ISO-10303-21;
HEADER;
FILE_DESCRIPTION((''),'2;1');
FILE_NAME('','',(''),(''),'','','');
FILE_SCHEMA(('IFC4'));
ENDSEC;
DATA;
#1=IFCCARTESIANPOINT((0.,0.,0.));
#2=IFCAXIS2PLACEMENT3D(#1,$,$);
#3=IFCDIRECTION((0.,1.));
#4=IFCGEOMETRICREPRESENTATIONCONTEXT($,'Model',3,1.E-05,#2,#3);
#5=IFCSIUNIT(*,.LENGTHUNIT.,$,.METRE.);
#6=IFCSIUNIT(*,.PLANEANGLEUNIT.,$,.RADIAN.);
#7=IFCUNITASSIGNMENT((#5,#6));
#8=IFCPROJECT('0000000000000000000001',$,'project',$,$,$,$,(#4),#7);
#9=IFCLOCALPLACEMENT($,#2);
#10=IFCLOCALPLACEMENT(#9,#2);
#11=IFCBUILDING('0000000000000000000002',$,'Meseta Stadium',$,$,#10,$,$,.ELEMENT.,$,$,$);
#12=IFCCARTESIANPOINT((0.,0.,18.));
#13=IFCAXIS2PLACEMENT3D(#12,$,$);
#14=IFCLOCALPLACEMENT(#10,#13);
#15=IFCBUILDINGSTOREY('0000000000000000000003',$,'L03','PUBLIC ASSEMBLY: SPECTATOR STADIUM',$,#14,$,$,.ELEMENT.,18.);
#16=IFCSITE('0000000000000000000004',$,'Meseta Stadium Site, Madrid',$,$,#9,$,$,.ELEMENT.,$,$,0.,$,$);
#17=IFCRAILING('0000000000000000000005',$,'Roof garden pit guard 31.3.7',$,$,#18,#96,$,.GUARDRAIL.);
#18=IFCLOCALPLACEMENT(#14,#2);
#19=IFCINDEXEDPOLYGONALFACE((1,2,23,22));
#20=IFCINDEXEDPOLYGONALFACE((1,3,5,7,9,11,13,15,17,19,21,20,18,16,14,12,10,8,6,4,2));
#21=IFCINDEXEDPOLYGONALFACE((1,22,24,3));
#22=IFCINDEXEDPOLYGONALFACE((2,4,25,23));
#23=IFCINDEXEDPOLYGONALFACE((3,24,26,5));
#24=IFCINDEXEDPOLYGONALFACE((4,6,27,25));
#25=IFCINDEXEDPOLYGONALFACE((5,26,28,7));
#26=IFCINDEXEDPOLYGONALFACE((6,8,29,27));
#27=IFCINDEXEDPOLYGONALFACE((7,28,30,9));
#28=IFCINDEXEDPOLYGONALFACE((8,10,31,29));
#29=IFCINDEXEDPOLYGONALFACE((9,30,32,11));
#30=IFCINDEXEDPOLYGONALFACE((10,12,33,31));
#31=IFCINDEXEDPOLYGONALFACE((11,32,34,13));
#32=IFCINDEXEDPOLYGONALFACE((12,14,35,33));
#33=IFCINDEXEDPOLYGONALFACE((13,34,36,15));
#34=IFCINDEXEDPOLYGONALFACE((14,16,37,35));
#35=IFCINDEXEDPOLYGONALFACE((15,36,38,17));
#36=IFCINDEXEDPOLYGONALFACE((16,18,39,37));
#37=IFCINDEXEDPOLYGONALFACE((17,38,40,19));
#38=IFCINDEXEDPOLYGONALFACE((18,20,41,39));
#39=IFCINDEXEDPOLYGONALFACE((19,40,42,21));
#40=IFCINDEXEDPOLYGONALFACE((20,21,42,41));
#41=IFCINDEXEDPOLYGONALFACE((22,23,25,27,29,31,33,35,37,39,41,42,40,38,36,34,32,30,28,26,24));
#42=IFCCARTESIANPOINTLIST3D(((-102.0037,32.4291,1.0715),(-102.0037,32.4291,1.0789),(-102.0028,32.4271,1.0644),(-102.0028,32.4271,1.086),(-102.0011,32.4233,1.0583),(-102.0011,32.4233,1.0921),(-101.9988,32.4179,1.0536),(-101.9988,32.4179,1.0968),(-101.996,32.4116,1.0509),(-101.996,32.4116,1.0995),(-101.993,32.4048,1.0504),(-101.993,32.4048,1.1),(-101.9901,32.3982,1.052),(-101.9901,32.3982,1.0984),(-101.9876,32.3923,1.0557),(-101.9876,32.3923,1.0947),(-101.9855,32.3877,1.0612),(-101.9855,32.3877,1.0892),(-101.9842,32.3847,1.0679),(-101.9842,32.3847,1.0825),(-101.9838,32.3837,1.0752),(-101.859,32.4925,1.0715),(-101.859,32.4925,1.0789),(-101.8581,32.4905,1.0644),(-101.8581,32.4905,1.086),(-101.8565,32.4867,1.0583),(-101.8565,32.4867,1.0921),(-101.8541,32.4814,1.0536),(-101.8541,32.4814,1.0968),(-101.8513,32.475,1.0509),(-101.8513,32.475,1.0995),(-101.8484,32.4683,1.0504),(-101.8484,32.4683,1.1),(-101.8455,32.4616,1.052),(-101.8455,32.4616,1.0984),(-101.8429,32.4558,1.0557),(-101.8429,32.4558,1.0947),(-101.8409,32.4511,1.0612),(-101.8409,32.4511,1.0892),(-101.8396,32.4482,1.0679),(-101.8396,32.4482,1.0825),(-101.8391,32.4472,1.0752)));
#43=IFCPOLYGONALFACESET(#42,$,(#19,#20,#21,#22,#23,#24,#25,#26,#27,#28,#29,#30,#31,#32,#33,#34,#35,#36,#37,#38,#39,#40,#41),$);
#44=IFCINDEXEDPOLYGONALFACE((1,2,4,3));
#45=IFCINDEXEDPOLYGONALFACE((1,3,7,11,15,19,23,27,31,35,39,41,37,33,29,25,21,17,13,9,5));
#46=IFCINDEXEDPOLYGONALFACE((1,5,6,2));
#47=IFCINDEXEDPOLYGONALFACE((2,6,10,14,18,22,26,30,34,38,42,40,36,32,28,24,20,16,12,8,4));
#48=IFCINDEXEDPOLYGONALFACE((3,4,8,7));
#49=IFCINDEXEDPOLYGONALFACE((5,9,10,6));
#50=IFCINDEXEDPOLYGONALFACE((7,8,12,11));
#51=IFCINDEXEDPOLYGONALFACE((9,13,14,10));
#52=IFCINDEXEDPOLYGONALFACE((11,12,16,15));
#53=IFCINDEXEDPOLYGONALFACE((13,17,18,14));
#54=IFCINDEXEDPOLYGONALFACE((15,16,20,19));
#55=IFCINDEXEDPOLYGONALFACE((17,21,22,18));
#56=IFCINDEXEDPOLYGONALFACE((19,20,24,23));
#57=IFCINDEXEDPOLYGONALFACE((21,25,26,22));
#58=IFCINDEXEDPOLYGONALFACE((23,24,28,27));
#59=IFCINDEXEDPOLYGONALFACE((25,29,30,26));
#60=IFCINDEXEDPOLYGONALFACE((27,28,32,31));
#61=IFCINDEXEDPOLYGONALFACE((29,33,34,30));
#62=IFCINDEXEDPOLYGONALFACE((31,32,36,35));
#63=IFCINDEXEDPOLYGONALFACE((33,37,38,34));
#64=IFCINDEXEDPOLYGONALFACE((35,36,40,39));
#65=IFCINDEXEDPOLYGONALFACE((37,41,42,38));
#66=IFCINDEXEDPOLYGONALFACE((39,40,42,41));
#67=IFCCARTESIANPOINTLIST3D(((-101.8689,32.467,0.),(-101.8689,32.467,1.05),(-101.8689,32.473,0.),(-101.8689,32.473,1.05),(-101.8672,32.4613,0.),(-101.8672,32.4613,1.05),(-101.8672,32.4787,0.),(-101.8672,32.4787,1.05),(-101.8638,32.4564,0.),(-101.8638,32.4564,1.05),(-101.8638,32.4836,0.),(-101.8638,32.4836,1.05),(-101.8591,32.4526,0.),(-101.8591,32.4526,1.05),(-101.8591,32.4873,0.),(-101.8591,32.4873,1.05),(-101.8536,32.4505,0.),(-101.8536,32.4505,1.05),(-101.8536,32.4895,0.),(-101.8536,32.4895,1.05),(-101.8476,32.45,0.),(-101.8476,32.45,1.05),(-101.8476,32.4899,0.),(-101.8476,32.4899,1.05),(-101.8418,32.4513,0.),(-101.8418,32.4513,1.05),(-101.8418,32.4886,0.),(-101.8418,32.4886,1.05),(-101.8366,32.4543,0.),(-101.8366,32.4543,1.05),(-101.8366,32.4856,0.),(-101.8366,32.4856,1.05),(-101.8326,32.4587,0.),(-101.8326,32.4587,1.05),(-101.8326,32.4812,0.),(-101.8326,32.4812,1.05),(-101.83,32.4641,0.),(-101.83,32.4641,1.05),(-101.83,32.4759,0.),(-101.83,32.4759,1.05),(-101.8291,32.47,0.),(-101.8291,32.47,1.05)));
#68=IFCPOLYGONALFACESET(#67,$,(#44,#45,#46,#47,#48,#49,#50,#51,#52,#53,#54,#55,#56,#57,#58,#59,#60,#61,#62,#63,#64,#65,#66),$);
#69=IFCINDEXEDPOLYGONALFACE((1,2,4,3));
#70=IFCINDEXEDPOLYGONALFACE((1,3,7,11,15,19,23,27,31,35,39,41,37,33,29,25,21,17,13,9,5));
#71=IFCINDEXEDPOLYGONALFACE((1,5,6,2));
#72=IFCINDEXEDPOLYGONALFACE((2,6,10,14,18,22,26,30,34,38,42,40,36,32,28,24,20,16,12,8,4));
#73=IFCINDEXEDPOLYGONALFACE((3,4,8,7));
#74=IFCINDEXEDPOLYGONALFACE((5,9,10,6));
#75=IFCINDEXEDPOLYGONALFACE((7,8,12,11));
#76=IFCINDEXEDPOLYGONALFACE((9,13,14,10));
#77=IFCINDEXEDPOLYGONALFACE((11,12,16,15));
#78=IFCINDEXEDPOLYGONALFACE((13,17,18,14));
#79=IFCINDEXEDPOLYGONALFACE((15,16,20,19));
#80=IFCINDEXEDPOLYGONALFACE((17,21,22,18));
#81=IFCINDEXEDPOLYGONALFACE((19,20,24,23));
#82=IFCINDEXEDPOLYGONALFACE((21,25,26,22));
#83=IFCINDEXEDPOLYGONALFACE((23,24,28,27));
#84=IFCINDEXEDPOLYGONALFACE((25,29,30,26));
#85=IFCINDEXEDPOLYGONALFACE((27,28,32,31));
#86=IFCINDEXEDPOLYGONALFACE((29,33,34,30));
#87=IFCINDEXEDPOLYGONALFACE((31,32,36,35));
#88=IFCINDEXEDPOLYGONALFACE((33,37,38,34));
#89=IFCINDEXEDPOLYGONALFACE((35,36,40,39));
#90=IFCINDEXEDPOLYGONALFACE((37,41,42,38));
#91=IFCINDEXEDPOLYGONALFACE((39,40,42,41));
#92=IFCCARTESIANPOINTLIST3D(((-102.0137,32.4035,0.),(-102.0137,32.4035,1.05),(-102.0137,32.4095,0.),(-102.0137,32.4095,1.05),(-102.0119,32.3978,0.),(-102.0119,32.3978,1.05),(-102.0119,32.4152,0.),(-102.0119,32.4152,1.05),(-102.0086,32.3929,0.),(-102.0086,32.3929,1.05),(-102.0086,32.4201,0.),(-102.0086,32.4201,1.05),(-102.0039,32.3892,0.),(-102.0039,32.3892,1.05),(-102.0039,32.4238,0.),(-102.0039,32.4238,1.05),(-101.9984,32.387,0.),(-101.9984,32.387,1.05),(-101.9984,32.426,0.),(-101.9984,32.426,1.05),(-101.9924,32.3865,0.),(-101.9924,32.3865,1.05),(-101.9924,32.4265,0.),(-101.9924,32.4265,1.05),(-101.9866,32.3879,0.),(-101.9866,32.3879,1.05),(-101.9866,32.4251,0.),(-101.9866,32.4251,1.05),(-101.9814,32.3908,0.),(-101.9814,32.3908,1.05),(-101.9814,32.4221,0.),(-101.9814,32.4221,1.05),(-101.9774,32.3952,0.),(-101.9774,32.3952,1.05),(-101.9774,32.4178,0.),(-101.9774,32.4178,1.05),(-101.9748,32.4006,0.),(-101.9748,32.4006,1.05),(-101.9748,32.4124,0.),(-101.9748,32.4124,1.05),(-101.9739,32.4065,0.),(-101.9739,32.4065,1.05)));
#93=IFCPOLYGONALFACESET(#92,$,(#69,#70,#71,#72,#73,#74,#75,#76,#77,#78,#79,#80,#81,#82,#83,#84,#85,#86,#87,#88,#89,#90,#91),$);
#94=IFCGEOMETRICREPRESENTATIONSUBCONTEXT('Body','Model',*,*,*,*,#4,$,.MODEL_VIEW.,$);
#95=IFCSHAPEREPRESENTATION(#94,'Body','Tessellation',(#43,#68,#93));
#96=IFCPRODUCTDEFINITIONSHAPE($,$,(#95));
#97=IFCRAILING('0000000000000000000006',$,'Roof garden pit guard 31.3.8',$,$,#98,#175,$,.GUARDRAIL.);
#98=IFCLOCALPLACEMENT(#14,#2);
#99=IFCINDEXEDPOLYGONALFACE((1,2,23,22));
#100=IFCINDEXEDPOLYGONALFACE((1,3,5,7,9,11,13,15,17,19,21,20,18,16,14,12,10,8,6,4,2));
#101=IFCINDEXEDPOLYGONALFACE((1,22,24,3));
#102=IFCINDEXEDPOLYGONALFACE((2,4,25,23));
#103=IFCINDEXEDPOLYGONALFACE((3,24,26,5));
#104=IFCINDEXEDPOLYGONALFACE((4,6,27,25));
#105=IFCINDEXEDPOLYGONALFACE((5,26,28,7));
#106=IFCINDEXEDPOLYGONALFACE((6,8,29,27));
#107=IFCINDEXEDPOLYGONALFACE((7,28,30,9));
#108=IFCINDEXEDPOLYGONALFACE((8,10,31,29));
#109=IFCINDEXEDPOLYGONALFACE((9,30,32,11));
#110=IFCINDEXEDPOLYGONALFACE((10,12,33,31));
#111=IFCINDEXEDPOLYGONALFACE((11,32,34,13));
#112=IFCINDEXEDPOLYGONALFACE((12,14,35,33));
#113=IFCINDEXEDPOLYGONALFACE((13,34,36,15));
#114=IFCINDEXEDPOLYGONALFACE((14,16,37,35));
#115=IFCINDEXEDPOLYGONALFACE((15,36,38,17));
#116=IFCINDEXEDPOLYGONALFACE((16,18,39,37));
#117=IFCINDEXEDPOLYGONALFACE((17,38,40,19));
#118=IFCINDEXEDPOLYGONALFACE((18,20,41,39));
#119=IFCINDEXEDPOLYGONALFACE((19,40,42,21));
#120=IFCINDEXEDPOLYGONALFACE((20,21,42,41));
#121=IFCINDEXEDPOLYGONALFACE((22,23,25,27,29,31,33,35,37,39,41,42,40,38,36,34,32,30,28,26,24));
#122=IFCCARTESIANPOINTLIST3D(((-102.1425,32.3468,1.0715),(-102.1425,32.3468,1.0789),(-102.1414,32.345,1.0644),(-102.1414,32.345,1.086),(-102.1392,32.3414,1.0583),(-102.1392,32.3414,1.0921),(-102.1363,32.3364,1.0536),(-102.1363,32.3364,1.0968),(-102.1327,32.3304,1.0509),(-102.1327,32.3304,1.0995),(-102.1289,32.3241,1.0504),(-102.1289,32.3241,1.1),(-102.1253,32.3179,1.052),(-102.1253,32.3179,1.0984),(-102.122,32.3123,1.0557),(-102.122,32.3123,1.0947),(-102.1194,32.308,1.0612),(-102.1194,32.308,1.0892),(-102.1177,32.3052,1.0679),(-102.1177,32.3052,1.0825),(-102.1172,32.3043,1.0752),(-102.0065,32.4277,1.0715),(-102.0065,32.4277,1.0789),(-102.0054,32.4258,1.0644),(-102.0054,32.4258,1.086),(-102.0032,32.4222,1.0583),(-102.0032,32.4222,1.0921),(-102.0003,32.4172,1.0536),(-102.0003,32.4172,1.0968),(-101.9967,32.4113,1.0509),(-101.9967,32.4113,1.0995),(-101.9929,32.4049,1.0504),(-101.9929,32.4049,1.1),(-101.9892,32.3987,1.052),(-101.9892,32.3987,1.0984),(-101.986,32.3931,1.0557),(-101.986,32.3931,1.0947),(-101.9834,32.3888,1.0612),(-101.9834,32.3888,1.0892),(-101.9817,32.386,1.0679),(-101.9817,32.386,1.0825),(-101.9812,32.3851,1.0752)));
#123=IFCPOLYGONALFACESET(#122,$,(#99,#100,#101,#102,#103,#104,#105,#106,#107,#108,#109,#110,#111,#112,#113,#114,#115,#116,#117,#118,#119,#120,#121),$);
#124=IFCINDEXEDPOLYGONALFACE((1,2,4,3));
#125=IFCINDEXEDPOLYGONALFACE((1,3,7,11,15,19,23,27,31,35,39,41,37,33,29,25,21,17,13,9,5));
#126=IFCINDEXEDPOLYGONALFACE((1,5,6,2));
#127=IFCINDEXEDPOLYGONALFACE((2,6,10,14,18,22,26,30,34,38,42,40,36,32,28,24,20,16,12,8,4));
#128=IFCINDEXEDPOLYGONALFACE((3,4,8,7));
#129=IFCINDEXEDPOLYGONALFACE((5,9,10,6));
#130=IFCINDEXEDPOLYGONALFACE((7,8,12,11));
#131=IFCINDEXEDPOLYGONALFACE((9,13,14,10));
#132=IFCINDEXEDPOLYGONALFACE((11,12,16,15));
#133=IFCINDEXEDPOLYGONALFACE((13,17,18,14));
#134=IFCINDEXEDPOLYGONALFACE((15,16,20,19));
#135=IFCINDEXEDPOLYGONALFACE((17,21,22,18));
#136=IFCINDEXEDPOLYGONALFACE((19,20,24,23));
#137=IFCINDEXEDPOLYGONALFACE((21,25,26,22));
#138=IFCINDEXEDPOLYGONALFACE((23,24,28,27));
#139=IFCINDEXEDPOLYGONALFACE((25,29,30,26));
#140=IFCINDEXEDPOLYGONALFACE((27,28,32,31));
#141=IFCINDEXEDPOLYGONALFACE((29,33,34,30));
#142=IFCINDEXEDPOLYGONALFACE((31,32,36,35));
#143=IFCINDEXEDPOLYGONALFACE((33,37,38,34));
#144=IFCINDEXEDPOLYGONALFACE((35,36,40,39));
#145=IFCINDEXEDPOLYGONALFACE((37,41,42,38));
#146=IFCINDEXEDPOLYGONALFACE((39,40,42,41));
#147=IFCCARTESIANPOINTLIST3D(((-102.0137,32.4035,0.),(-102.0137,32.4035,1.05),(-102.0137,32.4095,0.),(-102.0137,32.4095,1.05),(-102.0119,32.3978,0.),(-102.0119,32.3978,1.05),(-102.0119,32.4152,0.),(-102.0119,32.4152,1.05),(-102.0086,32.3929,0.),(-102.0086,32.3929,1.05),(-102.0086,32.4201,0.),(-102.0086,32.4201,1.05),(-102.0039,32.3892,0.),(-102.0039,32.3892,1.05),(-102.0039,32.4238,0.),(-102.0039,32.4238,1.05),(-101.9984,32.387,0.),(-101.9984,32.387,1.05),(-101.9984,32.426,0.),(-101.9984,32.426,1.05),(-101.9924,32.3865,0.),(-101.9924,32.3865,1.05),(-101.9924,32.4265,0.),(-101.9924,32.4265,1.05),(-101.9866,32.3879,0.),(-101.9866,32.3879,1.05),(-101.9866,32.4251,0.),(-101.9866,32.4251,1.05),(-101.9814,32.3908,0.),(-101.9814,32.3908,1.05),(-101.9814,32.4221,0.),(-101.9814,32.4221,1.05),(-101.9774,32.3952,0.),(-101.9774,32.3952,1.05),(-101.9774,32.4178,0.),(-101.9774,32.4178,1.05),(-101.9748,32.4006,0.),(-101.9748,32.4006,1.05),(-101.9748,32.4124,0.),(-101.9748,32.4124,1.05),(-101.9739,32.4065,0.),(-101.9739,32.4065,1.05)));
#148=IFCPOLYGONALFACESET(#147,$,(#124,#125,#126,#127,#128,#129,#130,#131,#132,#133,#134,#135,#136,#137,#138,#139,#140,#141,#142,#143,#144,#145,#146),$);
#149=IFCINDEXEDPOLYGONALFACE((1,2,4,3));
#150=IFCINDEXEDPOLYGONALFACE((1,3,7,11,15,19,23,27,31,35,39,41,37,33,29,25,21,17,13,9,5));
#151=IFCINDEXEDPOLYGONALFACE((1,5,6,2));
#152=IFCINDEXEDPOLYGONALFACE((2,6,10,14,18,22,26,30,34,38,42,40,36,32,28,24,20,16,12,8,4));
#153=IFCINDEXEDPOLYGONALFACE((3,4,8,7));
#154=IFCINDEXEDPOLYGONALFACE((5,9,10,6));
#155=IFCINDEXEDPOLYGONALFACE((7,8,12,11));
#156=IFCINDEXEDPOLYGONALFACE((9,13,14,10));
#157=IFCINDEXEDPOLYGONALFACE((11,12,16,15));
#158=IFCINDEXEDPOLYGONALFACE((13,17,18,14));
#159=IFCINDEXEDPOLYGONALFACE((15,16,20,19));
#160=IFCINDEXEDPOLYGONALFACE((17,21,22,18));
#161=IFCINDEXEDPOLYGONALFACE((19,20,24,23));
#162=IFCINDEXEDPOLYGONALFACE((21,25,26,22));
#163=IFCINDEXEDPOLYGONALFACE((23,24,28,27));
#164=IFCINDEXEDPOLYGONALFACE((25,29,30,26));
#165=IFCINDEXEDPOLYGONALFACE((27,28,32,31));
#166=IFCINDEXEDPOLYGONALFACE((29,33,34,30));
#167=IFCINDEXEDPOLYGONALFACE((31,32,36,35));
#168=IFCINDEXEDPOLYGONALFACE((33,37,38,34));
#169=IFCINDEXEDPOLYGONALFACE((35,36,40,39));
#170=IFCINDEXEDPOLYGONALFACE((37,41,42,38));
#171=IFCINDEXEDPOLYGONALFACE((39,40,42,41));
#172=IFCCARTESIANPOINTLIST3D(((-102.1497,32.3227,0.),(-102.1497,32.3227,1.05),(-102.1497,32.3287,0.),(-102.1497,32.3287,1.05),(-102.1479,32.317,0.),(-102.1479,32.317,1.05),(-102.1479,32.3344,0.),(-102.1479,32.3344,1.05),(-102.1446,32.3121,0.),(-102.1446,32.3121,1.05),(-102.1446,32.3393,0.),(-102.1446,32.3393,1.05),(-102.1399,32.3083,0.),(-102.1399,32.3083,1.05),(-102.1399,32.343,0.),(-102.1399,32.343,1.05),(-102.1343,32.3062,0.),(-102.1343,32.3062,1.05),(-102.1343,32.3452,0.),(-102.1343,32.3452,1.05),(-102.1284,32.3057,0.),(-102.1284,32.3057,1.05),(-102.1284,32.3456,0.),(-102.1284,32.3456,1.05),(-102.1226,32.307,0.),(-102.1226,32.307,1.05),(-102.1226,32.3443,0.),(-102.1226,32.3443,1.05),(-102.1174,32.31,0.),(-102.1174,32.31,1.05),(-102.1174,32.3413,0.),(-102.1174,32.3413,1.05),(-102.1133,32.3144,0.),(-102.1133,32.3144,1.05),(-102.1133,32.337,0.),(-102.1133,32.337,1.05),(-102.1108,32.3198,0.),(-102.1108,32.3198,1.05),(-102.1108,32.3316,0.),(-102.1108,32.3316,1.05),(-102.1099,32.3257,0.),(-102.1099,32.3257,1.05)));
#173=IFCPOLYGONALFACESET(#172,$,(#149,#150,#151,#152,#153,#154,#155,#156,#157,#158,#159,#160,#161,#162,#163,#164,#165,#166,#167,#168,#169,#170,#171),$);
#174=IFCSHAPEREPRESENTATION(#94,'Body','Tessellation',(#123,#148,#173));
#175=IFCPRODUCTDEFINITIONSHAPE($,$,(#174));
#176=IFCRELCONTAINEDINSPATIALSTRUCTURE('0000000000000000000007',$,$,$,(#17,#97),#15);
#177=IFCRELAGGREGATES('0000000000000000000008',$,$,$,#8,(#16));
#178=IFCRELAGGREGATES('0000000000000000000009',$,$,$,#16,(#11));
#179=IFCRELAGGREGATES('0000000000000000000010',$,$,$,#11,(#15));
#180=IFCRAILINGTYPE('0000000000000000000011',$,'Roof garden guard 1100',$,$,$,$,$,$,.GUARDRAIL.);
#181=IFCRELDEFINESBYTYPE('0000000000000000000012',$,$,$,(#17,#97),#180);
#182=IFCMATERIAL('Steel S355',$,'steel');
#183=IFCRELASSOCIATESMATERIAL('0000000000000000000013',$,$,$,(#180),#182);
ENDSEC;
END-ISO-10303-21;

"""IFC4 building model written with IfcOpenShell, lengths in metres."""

from ifc_helpers import new_model, si_unit, direction, frame, origin, origin_2d, place, context, subcontext, project, spatial, circle, extrude, material, type_object, element, save


model = new_model("IFC4")

# Units and contexts
model_context = context("Model", 3, precision=1e-05, world=origin(), true_north=direction((0.0, 1.0)))
body_context = subcontext(model_context, "Body", "Model", "MODEL_VIEW")
ifc_project = project(units=[si_unit("LENGTHUNIT", "METRE"), si_unit("PLANEANGLEUNIT", "RADIAN")], contexts=[model_context])

# Site, building, storey
site_placement = place(None, origin())
site = spatial("IfcSite", under=ifc_project, at=site_placement, Name="Meseta Stadium Site, Madrid", CompositionType="ELEMENT", RefElevation=0.0)
building_placement = place(site_placement, origin())
building = spatial("IfcBuilding", under=site, at=building_placement, Name="Meseta Stadium", CompositionType="ELEMENT")
storey_placement = place(building_placement, frame((0.0, 0.0, 18.0)))
storey = spatial("IfcBuildingStorey", under=building, at=storey_placement, Name="L03", Description="PUBLIC ASSEMBLY: SPECTATOR STADIUM", CompositionType="ELEMENT", Elevation=18.0)

# Railings
ifc_material_1 = material(Name="Steel S355", Category="steel")
railing_type = type_object("IfcRailingType", Name="Roof garden guard 1100", PredefinedType="GUARDRAIL", material=ifc_material_1)
railing_1_placement = place(storey_placement, frame((-101.8491, 32.47, 0.0)))
element("IfcRailing", 1, at=railing_1_placement, inside=storey, type_object=railing_type, Name="Roof garden pit guard 31.3.7", PredefinedType="GUARDRAIL", context=body_context, shape_type="SweptSolid", body=[
    extrude(circle(Radius=0.0249, at=origin_2d()), frame((0.0, 0.0, 1.0752), z_axis=(-0.915838, -0.401548, 0.0), x_axis=(0.401548, -0.915838, 0.0)), (0.0, 0.0, 1.0), 0.158),
    extrude(circle(Radius=0.02, at=origin_2d()), origin(), (0.0, 0.0, 1.0), 1.05),
    extrude(circle(Radius=0.02, at=origin_2d()), frame((-0.1448, -0.0635, 0.0)), (0.0, 0.0, 1.0), 1.05),
])
railing_2_placement = place(storey_placement, frame((-101.9939, 32.4065, 0.0)))
element("IfcRailing", 2, at=railing_2_placement, inside=storey, type_object=railing_type, Name="Roof garden pit guard 31.3.8", PredefinedType="GUARDRAIL", context=body_context, shape_type="SweptSolid", body=[
    extrude(circle(Radius=0.0249, at=origin_2d()), frame((0.0, 0.0, 1.0752), z_axis=(-0.859664, -0.51086, 0.0), x_axis=(0.51086, -0.859664, 0.0)), (0.0, 0.0, 1.0), 0.1582),
    extrude(circle(Radius=0.02, at=origin_2d()), origin(), (0.0, 0.0, 1.0), 1.05),
    extrude(circle(Radius=0.02, at=origin_2d()), frame((-0.136, -0.0808, 0.0)), (0.0, 0.0, 1.0), 1.05),
])

save(model, "model.ifc")
